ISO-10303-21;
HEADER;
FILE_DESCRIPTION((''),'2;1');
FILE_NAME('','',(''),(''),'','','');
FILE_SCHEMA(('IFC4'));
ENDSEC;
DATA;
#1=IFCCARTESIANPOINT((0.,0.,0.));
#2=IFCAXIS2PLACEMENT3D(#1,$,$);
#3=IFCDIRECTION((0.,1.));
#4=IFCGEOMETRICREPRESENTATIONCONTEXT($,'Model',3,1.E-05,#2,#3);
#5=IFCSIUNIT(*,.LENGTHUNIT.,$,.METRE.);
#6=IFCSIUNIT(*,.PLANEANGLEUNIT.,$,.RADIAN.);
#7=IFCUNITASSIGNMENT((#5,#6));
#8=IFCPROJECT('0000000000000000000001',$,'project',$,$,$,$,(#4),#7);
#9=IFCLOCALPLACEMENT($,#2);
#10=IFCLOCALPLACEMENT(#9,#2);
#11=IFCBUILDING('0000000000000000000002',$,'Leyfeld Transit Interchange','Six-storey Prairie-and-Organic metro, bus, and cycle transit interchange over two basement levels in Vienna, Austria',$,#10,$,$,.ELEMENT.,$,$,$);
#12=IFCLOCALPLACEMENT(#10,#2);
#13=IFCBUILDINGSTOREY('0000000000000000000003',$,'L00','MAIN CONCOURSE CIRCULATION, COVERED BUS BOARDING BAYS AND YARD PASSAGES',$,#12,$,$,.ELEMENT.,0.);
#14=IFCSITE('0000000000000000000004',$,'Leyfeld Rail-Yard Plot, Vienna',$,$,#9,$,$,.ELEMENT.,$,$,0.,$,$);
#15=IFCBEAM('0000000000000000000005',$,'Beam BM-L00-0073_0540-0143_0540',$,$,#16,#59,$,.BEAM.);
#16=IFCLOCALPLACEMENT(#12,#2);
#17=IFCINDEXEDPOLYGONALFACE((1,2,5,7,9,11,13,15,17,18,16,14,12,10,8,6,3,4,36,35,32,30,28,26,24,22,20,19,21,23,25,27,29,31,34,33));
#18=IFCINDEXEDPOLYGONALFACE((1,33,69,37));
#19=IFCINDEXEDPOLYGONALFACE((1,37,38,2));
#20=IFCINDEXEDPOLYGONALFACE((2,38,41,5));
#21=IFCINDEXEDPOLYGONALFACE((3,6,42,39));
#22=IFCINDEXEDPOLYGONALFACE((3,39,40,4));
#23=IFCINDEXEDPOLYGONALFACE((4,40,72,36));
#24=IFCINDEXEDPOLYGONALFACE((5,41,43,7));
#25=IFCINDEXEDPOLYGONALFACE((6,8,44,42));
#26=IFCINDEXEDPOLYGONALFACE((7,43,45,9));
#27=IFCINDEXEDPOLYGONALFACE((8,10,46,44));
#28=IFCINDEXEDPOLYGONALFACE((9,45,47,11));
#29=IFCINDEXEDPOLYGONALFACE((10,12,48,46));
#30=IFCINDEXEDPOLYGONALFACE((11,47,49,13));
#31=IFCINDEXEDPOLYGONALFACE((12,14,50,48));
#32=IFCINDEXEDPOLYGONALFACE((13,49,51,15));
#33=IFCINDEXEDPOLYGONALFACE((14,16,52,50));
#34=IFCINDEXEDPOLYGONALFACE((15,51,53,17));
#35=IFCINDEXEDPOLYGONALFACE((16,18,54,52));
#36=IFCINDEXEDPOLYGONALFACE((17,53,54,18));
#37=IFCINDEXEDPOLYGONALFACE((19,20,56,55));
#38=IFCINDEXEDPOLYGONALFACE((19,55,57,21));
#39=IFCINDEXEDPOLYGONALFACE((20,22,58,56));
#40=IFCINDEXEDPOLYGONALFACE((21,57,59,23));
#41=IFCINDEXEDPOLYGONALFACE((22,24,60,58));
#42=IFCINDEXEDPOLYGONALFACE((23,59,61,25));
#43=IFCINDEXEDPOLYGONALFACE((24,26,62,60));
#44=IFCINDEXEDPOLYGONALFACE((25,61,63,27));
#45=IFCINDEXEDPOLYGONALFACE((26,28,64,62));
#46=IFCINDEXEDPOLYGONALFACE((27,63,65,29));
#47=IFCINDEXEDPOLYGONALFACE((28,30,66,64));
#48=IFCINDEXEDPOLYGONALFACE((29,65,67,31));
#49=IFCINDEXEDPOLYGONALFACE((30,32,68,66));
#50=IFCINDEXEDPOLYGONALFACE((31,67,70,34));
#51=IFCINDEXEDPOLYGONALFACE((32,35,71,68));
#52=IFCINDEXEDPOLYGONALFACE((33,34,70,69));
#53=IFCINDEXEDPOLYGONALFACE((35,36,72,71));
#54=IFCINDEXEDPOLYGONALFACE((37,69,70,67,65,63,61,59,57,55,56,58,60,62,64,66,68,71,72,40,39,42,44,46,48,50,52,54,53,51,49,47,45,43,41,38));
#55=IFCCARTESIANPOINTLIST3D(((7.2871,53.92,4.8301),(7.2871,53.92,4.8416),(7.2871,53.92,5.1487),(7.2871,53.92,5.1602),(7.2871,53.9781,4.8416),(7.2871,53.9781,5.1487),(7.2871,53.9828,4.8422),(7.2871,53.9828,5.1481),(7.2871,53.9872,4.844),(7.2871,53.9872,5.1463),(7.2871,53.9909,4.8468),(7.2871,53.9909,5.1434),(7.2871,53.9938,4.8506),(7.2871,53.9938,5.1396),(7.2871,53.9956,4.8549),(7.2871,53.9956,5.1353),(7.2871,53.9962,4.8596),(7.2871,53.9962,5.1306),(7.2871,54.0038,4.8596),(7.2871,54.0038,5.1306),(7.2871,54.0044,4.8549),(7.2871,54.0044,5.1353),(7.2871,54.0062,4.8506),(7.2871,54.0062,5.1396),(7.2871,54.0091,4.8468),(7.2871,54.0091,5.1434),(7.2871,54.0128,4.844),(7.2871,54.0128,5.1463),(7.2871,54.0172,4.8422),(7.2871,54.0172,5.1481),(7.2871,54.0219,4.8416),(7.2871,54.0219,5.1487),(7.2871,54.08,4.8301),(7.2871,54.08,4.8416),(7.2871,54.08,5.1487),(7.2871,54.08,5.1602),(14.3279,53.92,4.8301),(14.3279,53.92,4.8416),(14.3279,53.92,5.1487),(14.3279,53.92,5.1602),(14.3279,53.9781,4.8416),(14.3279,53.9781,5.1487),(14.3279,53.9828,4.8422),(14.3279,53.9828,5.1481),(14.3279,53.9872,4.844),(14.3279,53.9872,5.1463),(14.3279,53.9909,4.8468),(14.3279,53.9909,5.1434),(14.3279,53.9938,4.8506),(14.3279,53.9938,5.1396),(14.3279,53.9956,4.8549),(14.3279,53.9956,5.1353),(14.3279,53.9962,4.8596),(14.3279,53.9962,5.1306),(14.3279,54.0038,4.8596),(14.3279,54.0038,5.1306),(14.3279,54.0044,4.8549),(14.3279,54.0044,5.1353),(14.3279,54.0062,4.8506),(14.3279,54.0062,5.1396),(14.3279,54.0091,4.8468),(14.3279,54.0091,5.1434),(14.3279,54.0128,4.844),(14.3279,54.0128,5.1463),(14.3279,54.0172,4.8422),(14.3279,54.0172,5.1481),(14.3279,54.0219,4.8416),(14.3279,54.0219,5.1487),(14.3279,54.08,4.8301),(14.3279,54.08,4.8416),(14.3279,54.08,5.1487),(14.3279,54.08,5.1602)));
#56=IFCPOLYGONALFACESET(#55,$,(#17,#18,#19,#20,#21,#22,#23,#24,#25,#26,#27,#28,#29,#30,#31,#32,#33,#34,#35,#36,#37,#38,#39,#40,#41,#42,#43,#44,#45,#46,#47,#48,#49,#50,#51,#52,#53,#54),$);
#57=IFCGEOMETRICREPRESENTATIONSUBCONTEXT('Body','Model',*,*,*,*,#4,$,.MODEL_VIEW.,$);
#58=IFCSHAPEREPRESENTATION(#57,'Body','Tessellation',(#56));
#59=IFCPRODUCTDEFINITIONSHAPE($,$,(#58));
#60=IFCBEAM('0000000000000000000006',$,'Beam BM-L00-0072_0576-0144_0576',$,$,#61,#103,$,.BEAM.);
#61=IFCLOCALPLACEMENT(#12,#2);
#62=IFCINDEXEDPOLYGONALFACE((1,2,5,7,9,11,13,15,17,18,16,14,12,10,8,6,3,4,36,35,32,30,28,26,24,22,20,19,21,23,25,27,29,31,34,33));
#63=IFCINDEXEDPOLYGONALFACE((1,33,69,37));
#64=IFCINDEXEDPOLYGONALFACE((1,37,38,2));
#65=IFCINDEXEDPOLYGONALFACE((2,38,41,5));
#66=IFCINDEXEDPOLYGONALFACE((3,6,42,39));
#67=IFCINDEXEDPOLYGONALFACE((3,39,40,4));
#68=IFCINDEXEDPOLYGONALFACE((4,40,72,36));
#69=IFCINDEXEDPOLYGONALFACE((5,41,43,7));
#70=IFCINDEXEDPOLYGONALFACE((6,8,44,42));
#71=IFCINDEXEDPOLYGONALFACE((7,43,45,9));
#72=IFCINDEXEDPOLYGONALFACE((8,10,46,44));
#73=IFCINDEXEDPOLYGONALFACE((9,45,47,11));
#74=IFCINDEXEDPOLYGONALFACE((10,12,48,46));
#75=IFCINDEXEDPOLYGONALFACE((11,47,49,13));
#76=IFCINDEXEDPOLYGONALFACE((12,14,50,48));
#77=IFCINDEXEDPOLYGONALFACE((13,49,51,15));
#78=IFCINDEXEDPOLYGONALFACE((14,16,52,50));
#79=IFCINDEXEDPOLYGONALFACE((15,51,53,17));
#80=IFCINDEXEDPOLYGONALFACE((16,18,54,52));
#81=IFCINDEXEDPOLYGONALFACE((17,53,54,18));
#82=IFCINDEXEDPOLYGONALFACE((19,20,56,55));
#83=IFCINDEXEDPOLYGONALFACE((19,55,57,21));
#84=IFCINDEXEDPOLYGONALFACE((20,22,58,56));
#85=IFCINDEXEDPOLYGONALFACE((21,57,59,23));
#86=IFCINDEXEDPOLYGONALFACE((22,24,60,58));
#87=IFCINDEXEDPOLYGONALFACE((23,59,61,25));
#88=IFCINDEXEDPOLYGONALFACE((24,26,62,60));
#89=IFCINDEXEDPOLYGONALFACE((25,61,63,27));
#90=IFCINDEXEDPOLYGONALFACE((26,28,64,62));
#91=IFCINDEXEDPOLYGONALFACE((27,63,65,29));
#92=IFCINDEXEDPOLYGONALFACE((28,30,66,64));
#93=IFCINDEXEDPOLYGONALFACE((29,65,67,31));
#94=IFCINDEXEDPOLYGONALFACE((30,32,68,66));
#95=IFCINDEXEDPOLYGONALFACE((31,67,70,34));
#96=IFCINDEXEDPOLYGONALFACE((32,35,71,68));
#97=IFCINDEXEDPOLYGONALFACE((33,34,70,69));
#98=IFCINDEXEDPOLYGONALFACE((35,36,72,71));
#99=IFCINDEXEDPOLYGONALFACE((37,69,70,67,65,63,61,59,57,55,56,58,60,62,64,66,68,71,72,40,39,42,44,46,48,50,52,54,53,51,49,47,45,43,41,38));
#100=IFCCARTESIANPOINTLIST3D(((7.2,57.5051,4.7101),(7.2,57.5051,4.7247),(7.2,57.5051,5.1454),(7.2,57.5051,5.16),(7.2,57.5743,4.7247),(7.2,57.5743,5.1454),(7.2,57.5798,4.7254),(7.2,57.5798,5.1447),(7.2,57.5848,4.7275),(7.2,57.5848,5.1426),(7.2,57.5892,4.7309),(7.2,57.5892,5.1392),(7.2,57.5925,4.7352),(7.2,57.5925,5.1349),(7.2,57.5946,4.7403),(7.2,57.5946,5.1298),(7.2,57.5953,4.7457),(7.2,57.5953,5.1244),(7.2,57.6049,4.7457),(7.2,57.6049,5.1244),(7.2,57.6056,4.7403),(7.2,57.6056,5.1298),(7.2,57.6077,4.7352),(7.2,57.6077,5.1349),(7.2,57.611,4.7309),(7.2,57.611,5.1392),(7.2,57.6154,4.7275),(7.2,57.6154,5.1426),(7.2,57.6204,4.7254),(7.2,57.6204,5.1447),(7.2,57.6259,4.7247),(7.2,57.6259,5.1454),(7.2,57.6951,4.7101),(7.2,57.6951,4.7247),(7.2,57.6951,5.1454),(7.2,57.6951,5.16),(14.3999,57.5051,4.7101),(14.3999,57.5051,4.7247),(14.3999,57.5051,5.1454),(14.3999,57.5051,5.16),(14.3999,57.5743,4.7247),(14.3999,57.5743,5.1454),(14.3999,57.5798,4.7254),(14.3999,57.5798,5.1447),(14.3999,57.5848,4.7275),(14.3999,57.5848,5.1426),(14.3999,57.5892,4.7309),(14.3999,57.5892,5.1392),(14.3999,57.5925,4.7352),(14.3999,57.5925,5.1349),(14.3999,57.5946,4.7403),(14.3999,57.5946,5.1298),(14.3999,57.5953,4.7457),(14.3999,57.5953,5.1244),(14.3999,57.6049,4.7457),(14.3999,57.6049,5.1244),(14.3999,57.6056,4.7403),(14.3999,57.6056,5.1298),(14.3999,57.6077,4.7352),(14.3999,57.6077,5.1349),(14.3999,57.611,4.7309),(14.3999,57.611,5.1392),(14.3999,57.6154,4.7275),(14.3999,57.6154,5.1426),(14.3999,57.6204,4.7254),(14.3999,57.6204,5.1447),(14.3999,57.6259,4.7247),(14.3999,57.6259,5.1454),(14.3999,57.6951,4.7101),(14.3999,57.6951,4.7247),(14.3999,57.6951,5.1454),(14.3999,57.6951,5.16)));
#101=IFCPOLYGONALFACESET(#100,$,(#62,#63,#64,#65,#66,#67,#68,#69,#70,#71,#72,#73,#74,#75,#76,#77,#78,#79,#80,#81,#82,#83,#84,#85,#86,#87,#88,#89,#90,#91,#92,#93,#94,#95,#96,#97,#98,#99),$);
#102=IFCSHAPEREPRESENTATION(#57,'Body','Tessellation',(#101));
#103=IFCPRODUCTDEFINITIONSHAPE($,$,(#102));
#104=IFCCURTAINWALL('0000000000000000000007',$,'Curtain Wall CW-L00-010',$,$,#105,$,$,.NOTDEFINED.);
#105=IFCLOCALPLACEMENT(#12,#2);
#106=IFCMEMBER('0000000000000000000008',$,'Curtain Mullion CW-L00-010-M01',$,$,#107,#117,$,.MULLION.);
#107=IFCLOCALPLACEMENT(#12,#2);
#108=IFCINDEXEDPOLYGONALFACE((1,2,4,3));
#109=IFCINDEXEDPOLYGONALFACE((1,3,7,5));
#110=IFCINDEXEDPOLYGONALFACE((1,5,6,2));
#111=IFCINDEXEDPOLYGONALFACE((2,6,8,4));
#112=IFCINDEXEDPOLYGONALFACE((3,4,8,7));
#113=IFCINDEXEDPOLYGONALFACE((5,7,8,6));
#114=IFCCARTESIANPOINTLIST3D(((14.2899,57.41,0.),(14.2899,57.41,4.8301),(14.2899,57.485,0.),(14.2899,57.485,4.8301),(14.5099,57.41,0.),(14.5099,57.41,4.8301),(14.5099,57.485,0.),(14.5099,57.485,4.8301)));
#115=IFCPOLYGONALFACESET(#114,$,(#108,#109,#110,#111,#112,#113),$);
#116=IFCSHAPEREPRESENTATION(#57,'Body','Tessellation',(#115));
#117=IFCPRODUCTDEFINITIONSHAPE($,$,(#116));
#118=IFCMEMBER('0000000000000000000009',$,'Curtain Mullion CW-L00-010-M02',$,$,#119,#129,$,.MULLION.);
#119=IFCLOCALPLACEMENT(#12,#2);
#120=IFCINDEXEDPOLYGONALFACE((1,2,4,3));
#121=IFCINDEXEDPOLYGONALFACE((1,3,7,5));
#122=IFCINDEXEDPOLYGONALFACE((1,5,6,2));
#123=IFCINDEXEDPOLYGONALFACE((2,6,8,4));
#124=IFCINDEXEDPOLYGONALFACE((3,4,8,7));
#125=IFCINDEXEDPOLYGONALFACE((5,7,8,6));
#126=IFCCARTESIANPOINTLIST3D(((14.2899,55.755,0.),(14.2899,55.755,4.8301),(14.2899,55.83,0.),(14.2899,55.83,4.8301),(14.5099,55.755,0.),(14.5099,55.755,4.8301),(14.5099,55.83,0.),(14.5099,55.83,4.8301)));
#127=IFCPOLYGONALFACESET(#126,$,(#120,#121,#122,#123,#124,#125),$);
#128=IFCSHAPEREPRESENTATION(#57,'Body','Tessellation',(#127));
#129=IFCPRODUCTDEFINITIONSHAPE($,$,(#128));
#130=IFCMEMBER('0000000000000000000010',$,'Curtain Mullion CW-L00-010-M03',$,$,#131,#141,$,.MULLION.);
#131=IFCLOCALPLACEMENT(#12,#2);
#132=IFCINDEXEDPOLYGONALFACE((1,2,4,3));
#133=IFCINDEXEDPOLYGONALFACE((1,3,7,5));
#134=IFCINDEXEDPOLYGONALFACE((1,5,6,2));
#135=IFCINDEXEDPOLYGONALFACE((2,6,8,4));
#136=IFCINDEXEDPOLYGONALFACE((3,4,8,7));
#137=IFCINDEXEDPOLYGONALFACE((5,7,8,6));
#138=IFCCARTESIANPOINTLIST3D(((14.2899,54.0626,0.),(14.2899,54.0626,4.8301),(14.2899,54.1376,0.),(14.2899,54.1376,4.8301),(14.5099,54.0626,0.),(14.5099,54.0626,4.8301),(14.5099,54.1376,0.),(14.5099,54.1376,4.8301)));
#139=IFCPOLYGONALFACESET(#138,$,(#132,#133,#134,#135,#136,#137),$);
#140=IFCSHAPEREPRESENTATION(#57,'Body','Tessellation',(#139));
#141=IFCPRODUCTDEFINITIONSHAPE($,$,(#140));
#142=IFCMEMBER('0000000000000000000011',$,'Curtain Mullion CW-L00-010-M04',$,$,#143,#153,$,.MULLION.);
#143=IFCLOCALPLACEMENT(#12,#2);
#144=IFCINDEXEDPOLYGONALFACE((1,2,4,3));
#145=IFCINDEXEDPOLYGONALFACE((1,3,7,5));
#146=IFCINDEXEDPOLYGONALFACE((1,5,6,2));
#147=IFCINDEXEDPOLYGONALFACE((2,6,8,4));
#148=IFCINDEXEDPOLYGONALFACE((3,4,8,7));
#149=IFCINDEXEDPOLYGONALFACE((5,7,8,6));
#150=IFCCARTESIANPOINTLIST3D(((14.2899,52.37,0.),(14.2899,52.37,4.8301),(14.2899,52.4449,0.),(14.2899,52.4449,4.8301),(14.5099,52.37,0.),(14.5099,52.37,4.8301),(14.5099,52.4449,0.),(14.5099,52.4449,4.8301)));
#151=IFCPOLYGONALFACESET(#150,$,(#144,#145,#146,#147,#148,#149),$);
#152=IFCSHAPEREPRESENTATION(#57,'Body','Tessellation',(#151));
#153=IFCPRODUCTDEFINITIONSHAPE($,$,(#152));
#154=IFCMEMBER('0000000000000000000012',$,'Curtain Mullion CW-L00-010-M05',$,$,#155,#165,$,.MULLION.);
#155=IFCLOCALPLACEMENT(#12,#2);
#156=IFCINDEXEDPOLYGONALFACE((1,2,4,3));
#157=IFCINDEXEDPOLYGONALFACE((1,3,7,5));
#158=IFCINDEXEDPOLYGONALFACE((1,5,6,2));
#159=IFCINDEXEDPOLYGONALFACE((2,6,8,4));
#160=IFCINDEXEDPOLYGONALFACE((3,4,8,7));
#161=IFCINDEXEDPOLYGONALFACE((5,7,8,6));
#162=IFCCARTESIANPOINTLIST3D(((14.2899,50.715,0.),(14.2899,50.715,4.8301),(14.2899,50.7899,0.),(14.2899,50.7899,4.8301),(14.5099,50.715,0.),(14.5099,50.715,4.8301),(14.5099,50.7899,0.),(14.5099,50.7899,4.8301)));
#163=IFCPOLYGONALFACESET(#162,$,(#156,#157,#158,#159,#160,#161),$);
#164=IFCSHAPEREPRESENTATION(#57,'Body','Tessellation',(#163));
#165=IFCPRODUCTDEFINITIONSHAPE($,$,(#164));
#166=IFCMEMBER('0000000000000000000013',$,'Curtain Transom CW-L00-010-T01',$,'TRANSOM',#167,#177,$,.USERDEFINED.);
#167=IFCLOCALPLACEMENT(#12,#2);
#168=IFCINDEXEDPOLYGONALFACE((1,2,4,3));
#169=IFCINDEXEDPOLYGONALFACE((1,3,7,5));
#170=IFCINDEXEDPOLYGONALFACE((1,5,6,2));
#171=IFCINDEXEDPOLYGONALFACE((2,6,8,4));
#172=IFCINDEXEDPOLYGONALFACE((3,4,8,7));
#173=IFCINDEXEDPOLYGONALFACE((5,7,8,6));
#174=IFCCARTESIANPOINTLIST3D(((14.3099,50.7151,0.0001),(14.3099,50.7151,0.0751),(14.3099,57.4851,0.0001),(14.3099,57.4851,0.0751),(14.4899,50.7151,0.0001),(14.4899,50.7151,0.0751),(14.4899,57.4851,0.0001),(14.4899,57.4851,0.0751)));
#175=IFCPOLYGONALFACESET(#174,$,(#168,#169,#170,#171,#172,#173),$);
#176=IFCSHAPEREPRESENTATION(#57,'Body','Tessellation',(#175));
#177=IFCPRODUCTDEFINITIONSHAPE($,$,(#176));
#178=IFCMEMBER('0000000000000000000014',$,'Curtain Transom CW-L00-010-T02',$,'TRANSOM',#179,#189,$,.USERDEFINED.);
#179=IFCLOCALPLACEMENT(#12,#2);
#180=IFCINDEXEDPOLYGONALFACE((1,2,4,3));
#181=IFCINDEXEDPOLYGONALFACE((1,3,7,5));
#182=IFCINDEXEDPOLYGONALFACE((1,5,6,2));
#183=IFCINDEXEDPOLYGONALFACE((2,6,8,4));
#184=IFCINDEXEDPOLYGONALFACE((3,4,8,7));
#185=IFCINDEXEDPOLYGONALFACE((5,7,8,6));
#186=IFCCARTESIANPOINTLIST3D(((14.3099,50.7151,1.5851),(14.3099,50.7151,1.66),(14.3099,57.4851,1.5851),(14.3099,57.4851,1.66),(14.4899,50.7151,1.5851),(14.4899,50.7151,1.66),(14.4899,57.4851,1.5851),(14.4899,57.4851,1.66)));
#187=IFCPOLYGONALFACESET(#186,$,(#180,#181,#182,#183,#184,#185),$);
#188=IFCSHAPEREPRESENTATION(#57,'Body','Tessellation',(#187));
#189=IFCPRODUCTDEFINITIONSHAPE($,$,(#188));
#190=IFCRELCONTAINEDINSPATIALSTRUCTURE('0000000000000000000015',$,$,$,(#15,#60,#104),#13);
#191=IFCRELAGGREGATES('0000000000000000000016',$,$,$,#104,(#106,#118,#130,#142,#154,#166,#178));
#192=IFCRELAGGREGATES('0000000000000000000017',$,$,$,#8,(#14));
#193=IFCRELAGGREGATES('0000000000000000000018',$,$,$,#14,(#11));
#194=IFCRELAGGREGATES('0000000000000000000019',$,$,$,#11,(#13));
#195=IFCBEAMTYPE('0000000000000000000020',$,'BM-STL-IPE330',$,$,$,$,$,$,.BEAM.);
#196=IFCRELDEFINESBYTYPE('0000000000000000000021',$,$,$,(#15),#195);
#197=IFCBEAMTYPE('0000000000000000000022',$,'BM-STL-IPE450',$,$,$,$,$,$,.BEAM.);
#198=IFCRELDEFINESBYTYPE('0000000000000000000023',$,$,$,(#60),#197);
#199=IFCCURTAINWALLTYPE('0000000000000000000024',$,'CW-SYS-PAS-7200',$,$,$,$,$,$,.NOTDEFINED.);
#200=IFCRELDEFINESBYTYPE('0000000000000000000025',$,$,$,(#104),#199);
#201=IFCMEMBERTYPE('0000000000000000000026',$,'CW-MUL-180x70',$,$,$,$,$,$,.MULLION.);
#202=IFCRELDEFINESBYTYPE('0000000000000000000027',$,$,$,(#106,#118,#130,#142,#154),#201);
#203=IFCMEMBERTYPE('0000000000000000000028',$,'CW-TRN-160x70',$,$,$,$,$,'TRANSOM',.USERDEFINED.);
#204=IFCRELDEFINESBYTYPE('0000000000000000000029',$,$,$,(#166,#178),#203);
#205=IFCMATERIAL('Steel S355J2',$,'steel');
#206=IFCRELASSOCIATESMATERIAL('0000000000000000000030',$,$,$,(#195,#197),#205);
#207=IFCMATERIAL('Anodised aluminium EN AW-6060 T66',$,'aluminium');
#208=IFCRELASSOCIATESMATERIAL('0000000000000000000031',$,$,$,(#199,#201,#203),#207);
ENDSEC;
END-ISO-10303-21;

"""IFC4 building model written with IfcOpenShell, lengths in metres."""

from ifc_helpers import new_model, si_unit, direction, frame, origin, origin_2d, place, context, subcontext, project, spatial, rectangle, i_section, extrude, material, material_profile, profile_set, type_object, element, aggregate, save


model = new_model("IFC4")

# Units and contexts
model_context = context("Model", 3, precision=1e-05, world=origin(), true_north=direction((0.0, 1.0)))
body_context = subcontext(model_context, "Body", "Model", "MODEL_VIEW")
ifc_project = project(units=[si_unit("LENGTHUNIT", "METRE"), si_unit("PLANEANGLEUNIT", "RADIAN")], contexts=[model_context])

# Site, building, storey
site_placement = place(None, origin())
site = spatial("IfcSite", under=ifc_project, at=site_placement, Name="Leyfeld Rail-Yard Plot, Vienna", CompositionType="ELEMENT", RefElevation=0.0)
building_placement = place(site_placement, origin())
building = spatial("IfcBuilding", under=site, at=building_placement, Name="Leyfeld Transit Interchange", Description="Six-storey Prairie-and-Organic metro, bus, and cycle transit interchange over two basement levels in Vienna, Austria", CompositionType="ELEMENT")
storey_placement = place(building_placement, origin())
storey = spatial("IfcBuildingStorey", under=building, at=storey_placement, Name="L00", Description="MAIN CONCOURSE CIRCULATION, COVERED BUS BOARDING BAYS AND YARD PASSAGES", CompositionType="ELEMENT", Elevation=0.0)

# Beams
ifc_material_1 = material(Name="Steel S355J2", Category="steel")
ifc_material_profile_1 = material_profile(ifc_material_1, i_section(OverallWidth=0.1599, OverallDepth=0.3301, WebThickness=0.0076, FlangeThickness=0.0115, FilletRadius=0.0181, at=origin_2d()), Name="IPE 330")
ifc_profile_set_1 = profile_set([ifc_material_profile_1], Name="Steel S355J2")
beam_type_1 = type_object("IfcBeamType", Name="BM-STL-IPE330", PredefinedType="BEAM", material=ifc_profile_set_1)
beam_1_placement = place(storey_placement, frame((7.2871, 54.0, 4.9951), z_axis=(1.0, 0.0, 0.0), x_axis=(0.0, 1.0, 0.0)))
element("IfcBeam", 1, at=beam_1_placement, inside=storey, type_object=beam_type_1, Name="Beam BM-L00-0073_0540-0143_0540", PredefinedType="BEAM", context=body_context, shape_type="SweptSolid", body=[
    extrude(i_section(OverallWidth=0.1599, OverallDepth=0.3301, WebThickness=0.0076, FlangeThickness=0.0115, FilletRadius=0.0181, at=origin_2d()), origin(), (0.0, 0.0, 1.0), 7.0408),
])
ifc_material_profile_2 = material_profile(ifc_material_1, i_section(OverallWidth=0.1899, OverallDepth=0.45, WebThickness=0.0095, FlangeThickness=0.0146, FilletRadius=0.021, at=origin_2d()), Name="IPE 450")
ifc_profile_set_2 = profile_set([ifc_material_profile_2], Name="Steel S355J2")
beam_type_2 = type_object("IfcBeamType", Name="BM-STL-IPE450", PredefinedType="BEAM", material=ifc_profile_set_2)
beam_2_placement = place(storey_placement, frame((7.2, 57.6001, 4.9351), z_axis=(1.0, 0.0, 0.0), x_axis=(0.0, 1.0, 0.0)))
element("IfcBeam", 2, at=beam_2_placement, inside=storey, type_object=beam_type_2, Name="Beam BM-L00-0072_0576-0144_0576", PredefinedType="BEAM", context=body_context, shape_type="SweptSolid", body=[
    extrude(i_section(OverallWidth=0.1899, OverallDepth=0.45, WebThickness=0.0095, FlangeThickness=0.0146, FilletRadius=0.021, at=origin_2d()), origin(), (0.0, 0.0, 1.0), 7.2),
])

# Curtain wall, members
ifc_material_2 = material(Name="Anodised aluminium EN AW-6060 T66", Category="aluminium")
curtain_wall_type = type_object("IfcCurtainWallType", Name="CW-SYS-PAS-7200", PredefinedType="NOTDEFINED", material=ifc_material_2)
curtain_wall_placement = place(storey_placement, origin())
curtain_wall = element("IfcCurtainWall", 3, at=curtain_wall_placement, inside=storey, type_object=curtain_wall_type, Name="Curtain Wall CW-L00-010", PredefinedType="NOTDEFINED")
ifc_material_profile_3 = material_profile(ifc_material_2, rectangle(XDim=0.075, YDim=0.22, at=origin_2d()), Name="CW-M 75x220")
ifc_profile_set_3 = profile_set([ifc_material_profile_3], Name="Anodised aluminium EN AW-6060 T66")
member_type_1 = type_object("IfcMemberType", Name="CW-MUL-180x70", PredefinedType="MULLION", material=ifc_profile_set_3)
member_1_placement = place(storey_placement, frame((14.3999, 57.4475, 0.0), z_axis=(0.0, 0.0, 1.0), x_axis=(0.0, -1.0, 0.0)))
member_1 = element("IfcMember", 4, at=member_1_placement, type_object=member_type_1, Name="Curtain Mullion CW-L00-010-M01", PredefinedType="MULLION", context=body_context, shape_type="SweptSolid", body=[
    extrude(rectangle(XDim=0.075, YDim=0.22, at=origin_2d()), origin(), (0.0, 0.0, 1.0), 4.8301),
])
member_2_placement = place(storey_placement, frame((14.3999, 55.7925, 0.0), z_axis=(0.0, 0.0, 1.0), x_axis=(0.0, -1.0, 0.0)))
member_2 = element("IfcMember", 5, at=member_2_placement, type_object=member_type_1, Name="Curtain Mullion CW-L00-010-M02", PredefinedType="MULLION", context=body_context, shape_type="SweptSolid", body=[
    extrude(rectangle(XDim=0.075, YDim=0.22, at=origin_2d()), origin(), (0.0, 0.0, 1.0), 4.8301),
])
member_3_placement = place(storey_placement, frame((14.3999, 54.1001, 0.0), z_axis=(0.0, 0.0, 1.0), x_axis=(0.0, -1.0, 0.0)))
member_3 = element("IfcMember", 6, at=member_3_placement, type_object=member_type_1, Name="Curtain Mullion CW-L00-010-M03", PredefinedType="MULLION", context=body_context, shape_type="SweptSolid", body=[
    extrude(rectangle(XDim=0.075, YDim=0.22, at=origin_2d()), origin(), (0.0, 0.0, 1.0), 4.8301),
])
member_4_placement = place(storey_placement, frame((14.3999, 52.4075, 0.0), z_axis=(0.0, 0.0, 1.0), x_axis=(0.0, -1.0, 0.0)))
member_4 = element("IfcMember", 7, at=member_4_placement, type_object=member_type_1, Name="Curtain Mullion CW-L00-010-M04", PredefinedType="MULLION", context=body_context, shape_type="SweptSolid", body=[
    extrude(rectangle(XDim=0.075, YDim=0.22, at=origin_2d()), origin(), (0.0, 0.0, 1.0), 4.8301),
])
member_5_placement = place(storey_placement, frame((14.3999, 50.7524, 0.0), z_axis=(0.0, 0.0, 1.0), x_axis=(0.0, -1.0, 0.0)))
member_5 = element("IfcMember", 8, at=member_5_placement, type_object=member_type_1, Name="Curtain Mullion CW-L00-010-M05", PredefinedType="MULLION", context=body_context, shape_type="SweptSolid", body=[
    extrude(rectangle(XDim=0.075, YDim=0.22, at=origin_2d()), origin(), (0.0, 0.0, 1.0), 4.8301),
])
ifc_material_profile_4 = material_profile(ifc_material_2, rectangle(XDim=0.1799, YDim=0.075, at=origin_2d()), Name="CW-TRN-160x70")
ifc_profile_set_4 = profile_set([ifc_material_profile_4], Name="Anodised aluminium EN AW-6060 T66")
member_type_2 = type_object("IfcMemberType", Name="CW-TRN-160x70", ElementType="TRANSOM", PredefinedType="USERDEFINED", material=ifc_profile_set_4)
member_6_placement = place(storey_placement, frame((14.3999, 57.4851, 0.0376), z_axis=(0.0, -1.0, 0.0), x_axis=(1.0, 0.0, 0.0)))
member_6 = element("IfcMember", 9, at=member_6_placement, type_object=member_type_2, Name="Curtain Transom CW-L00-010-T01", ObjectType="TRANSOM", PredefinedType="USERDEFINED", context=body_context, shape_type="SweptSolid", body=[
    extrude(rectangle(XDim=0.1799, YDim=0.075, at=origin_2d()), origin(), (0.0, 0.0, 1.0), 6.77),
])
member_7_placement = place(storey_placement, frame((14.3999, 57.4851, 1.6226), z_axis=(0.0, -1.0, 0.0), x_axis=(1.0, 0.0, 0.0)))
member_7 = element("IfcMember", 10, at=member_7_placement, type_object=member_type_2, Name="Curtain Transom CW-L00-010-T02", ObjectType="TRANSOM", PredefinedType="USERDEFINED", context=body_context, shape_type="SweptSolid", body=[
    extrude(rectangle(XDim=0.1799, YDim=0.075, at=origin_2d()), origin(), (0.0, 0.0, 1.0), 6.77),
])
aggregate(curtain_wall, [member_1, member_2, member_3, member_4, member_5, member_6, member_7])

save(model, "model.ifc")
